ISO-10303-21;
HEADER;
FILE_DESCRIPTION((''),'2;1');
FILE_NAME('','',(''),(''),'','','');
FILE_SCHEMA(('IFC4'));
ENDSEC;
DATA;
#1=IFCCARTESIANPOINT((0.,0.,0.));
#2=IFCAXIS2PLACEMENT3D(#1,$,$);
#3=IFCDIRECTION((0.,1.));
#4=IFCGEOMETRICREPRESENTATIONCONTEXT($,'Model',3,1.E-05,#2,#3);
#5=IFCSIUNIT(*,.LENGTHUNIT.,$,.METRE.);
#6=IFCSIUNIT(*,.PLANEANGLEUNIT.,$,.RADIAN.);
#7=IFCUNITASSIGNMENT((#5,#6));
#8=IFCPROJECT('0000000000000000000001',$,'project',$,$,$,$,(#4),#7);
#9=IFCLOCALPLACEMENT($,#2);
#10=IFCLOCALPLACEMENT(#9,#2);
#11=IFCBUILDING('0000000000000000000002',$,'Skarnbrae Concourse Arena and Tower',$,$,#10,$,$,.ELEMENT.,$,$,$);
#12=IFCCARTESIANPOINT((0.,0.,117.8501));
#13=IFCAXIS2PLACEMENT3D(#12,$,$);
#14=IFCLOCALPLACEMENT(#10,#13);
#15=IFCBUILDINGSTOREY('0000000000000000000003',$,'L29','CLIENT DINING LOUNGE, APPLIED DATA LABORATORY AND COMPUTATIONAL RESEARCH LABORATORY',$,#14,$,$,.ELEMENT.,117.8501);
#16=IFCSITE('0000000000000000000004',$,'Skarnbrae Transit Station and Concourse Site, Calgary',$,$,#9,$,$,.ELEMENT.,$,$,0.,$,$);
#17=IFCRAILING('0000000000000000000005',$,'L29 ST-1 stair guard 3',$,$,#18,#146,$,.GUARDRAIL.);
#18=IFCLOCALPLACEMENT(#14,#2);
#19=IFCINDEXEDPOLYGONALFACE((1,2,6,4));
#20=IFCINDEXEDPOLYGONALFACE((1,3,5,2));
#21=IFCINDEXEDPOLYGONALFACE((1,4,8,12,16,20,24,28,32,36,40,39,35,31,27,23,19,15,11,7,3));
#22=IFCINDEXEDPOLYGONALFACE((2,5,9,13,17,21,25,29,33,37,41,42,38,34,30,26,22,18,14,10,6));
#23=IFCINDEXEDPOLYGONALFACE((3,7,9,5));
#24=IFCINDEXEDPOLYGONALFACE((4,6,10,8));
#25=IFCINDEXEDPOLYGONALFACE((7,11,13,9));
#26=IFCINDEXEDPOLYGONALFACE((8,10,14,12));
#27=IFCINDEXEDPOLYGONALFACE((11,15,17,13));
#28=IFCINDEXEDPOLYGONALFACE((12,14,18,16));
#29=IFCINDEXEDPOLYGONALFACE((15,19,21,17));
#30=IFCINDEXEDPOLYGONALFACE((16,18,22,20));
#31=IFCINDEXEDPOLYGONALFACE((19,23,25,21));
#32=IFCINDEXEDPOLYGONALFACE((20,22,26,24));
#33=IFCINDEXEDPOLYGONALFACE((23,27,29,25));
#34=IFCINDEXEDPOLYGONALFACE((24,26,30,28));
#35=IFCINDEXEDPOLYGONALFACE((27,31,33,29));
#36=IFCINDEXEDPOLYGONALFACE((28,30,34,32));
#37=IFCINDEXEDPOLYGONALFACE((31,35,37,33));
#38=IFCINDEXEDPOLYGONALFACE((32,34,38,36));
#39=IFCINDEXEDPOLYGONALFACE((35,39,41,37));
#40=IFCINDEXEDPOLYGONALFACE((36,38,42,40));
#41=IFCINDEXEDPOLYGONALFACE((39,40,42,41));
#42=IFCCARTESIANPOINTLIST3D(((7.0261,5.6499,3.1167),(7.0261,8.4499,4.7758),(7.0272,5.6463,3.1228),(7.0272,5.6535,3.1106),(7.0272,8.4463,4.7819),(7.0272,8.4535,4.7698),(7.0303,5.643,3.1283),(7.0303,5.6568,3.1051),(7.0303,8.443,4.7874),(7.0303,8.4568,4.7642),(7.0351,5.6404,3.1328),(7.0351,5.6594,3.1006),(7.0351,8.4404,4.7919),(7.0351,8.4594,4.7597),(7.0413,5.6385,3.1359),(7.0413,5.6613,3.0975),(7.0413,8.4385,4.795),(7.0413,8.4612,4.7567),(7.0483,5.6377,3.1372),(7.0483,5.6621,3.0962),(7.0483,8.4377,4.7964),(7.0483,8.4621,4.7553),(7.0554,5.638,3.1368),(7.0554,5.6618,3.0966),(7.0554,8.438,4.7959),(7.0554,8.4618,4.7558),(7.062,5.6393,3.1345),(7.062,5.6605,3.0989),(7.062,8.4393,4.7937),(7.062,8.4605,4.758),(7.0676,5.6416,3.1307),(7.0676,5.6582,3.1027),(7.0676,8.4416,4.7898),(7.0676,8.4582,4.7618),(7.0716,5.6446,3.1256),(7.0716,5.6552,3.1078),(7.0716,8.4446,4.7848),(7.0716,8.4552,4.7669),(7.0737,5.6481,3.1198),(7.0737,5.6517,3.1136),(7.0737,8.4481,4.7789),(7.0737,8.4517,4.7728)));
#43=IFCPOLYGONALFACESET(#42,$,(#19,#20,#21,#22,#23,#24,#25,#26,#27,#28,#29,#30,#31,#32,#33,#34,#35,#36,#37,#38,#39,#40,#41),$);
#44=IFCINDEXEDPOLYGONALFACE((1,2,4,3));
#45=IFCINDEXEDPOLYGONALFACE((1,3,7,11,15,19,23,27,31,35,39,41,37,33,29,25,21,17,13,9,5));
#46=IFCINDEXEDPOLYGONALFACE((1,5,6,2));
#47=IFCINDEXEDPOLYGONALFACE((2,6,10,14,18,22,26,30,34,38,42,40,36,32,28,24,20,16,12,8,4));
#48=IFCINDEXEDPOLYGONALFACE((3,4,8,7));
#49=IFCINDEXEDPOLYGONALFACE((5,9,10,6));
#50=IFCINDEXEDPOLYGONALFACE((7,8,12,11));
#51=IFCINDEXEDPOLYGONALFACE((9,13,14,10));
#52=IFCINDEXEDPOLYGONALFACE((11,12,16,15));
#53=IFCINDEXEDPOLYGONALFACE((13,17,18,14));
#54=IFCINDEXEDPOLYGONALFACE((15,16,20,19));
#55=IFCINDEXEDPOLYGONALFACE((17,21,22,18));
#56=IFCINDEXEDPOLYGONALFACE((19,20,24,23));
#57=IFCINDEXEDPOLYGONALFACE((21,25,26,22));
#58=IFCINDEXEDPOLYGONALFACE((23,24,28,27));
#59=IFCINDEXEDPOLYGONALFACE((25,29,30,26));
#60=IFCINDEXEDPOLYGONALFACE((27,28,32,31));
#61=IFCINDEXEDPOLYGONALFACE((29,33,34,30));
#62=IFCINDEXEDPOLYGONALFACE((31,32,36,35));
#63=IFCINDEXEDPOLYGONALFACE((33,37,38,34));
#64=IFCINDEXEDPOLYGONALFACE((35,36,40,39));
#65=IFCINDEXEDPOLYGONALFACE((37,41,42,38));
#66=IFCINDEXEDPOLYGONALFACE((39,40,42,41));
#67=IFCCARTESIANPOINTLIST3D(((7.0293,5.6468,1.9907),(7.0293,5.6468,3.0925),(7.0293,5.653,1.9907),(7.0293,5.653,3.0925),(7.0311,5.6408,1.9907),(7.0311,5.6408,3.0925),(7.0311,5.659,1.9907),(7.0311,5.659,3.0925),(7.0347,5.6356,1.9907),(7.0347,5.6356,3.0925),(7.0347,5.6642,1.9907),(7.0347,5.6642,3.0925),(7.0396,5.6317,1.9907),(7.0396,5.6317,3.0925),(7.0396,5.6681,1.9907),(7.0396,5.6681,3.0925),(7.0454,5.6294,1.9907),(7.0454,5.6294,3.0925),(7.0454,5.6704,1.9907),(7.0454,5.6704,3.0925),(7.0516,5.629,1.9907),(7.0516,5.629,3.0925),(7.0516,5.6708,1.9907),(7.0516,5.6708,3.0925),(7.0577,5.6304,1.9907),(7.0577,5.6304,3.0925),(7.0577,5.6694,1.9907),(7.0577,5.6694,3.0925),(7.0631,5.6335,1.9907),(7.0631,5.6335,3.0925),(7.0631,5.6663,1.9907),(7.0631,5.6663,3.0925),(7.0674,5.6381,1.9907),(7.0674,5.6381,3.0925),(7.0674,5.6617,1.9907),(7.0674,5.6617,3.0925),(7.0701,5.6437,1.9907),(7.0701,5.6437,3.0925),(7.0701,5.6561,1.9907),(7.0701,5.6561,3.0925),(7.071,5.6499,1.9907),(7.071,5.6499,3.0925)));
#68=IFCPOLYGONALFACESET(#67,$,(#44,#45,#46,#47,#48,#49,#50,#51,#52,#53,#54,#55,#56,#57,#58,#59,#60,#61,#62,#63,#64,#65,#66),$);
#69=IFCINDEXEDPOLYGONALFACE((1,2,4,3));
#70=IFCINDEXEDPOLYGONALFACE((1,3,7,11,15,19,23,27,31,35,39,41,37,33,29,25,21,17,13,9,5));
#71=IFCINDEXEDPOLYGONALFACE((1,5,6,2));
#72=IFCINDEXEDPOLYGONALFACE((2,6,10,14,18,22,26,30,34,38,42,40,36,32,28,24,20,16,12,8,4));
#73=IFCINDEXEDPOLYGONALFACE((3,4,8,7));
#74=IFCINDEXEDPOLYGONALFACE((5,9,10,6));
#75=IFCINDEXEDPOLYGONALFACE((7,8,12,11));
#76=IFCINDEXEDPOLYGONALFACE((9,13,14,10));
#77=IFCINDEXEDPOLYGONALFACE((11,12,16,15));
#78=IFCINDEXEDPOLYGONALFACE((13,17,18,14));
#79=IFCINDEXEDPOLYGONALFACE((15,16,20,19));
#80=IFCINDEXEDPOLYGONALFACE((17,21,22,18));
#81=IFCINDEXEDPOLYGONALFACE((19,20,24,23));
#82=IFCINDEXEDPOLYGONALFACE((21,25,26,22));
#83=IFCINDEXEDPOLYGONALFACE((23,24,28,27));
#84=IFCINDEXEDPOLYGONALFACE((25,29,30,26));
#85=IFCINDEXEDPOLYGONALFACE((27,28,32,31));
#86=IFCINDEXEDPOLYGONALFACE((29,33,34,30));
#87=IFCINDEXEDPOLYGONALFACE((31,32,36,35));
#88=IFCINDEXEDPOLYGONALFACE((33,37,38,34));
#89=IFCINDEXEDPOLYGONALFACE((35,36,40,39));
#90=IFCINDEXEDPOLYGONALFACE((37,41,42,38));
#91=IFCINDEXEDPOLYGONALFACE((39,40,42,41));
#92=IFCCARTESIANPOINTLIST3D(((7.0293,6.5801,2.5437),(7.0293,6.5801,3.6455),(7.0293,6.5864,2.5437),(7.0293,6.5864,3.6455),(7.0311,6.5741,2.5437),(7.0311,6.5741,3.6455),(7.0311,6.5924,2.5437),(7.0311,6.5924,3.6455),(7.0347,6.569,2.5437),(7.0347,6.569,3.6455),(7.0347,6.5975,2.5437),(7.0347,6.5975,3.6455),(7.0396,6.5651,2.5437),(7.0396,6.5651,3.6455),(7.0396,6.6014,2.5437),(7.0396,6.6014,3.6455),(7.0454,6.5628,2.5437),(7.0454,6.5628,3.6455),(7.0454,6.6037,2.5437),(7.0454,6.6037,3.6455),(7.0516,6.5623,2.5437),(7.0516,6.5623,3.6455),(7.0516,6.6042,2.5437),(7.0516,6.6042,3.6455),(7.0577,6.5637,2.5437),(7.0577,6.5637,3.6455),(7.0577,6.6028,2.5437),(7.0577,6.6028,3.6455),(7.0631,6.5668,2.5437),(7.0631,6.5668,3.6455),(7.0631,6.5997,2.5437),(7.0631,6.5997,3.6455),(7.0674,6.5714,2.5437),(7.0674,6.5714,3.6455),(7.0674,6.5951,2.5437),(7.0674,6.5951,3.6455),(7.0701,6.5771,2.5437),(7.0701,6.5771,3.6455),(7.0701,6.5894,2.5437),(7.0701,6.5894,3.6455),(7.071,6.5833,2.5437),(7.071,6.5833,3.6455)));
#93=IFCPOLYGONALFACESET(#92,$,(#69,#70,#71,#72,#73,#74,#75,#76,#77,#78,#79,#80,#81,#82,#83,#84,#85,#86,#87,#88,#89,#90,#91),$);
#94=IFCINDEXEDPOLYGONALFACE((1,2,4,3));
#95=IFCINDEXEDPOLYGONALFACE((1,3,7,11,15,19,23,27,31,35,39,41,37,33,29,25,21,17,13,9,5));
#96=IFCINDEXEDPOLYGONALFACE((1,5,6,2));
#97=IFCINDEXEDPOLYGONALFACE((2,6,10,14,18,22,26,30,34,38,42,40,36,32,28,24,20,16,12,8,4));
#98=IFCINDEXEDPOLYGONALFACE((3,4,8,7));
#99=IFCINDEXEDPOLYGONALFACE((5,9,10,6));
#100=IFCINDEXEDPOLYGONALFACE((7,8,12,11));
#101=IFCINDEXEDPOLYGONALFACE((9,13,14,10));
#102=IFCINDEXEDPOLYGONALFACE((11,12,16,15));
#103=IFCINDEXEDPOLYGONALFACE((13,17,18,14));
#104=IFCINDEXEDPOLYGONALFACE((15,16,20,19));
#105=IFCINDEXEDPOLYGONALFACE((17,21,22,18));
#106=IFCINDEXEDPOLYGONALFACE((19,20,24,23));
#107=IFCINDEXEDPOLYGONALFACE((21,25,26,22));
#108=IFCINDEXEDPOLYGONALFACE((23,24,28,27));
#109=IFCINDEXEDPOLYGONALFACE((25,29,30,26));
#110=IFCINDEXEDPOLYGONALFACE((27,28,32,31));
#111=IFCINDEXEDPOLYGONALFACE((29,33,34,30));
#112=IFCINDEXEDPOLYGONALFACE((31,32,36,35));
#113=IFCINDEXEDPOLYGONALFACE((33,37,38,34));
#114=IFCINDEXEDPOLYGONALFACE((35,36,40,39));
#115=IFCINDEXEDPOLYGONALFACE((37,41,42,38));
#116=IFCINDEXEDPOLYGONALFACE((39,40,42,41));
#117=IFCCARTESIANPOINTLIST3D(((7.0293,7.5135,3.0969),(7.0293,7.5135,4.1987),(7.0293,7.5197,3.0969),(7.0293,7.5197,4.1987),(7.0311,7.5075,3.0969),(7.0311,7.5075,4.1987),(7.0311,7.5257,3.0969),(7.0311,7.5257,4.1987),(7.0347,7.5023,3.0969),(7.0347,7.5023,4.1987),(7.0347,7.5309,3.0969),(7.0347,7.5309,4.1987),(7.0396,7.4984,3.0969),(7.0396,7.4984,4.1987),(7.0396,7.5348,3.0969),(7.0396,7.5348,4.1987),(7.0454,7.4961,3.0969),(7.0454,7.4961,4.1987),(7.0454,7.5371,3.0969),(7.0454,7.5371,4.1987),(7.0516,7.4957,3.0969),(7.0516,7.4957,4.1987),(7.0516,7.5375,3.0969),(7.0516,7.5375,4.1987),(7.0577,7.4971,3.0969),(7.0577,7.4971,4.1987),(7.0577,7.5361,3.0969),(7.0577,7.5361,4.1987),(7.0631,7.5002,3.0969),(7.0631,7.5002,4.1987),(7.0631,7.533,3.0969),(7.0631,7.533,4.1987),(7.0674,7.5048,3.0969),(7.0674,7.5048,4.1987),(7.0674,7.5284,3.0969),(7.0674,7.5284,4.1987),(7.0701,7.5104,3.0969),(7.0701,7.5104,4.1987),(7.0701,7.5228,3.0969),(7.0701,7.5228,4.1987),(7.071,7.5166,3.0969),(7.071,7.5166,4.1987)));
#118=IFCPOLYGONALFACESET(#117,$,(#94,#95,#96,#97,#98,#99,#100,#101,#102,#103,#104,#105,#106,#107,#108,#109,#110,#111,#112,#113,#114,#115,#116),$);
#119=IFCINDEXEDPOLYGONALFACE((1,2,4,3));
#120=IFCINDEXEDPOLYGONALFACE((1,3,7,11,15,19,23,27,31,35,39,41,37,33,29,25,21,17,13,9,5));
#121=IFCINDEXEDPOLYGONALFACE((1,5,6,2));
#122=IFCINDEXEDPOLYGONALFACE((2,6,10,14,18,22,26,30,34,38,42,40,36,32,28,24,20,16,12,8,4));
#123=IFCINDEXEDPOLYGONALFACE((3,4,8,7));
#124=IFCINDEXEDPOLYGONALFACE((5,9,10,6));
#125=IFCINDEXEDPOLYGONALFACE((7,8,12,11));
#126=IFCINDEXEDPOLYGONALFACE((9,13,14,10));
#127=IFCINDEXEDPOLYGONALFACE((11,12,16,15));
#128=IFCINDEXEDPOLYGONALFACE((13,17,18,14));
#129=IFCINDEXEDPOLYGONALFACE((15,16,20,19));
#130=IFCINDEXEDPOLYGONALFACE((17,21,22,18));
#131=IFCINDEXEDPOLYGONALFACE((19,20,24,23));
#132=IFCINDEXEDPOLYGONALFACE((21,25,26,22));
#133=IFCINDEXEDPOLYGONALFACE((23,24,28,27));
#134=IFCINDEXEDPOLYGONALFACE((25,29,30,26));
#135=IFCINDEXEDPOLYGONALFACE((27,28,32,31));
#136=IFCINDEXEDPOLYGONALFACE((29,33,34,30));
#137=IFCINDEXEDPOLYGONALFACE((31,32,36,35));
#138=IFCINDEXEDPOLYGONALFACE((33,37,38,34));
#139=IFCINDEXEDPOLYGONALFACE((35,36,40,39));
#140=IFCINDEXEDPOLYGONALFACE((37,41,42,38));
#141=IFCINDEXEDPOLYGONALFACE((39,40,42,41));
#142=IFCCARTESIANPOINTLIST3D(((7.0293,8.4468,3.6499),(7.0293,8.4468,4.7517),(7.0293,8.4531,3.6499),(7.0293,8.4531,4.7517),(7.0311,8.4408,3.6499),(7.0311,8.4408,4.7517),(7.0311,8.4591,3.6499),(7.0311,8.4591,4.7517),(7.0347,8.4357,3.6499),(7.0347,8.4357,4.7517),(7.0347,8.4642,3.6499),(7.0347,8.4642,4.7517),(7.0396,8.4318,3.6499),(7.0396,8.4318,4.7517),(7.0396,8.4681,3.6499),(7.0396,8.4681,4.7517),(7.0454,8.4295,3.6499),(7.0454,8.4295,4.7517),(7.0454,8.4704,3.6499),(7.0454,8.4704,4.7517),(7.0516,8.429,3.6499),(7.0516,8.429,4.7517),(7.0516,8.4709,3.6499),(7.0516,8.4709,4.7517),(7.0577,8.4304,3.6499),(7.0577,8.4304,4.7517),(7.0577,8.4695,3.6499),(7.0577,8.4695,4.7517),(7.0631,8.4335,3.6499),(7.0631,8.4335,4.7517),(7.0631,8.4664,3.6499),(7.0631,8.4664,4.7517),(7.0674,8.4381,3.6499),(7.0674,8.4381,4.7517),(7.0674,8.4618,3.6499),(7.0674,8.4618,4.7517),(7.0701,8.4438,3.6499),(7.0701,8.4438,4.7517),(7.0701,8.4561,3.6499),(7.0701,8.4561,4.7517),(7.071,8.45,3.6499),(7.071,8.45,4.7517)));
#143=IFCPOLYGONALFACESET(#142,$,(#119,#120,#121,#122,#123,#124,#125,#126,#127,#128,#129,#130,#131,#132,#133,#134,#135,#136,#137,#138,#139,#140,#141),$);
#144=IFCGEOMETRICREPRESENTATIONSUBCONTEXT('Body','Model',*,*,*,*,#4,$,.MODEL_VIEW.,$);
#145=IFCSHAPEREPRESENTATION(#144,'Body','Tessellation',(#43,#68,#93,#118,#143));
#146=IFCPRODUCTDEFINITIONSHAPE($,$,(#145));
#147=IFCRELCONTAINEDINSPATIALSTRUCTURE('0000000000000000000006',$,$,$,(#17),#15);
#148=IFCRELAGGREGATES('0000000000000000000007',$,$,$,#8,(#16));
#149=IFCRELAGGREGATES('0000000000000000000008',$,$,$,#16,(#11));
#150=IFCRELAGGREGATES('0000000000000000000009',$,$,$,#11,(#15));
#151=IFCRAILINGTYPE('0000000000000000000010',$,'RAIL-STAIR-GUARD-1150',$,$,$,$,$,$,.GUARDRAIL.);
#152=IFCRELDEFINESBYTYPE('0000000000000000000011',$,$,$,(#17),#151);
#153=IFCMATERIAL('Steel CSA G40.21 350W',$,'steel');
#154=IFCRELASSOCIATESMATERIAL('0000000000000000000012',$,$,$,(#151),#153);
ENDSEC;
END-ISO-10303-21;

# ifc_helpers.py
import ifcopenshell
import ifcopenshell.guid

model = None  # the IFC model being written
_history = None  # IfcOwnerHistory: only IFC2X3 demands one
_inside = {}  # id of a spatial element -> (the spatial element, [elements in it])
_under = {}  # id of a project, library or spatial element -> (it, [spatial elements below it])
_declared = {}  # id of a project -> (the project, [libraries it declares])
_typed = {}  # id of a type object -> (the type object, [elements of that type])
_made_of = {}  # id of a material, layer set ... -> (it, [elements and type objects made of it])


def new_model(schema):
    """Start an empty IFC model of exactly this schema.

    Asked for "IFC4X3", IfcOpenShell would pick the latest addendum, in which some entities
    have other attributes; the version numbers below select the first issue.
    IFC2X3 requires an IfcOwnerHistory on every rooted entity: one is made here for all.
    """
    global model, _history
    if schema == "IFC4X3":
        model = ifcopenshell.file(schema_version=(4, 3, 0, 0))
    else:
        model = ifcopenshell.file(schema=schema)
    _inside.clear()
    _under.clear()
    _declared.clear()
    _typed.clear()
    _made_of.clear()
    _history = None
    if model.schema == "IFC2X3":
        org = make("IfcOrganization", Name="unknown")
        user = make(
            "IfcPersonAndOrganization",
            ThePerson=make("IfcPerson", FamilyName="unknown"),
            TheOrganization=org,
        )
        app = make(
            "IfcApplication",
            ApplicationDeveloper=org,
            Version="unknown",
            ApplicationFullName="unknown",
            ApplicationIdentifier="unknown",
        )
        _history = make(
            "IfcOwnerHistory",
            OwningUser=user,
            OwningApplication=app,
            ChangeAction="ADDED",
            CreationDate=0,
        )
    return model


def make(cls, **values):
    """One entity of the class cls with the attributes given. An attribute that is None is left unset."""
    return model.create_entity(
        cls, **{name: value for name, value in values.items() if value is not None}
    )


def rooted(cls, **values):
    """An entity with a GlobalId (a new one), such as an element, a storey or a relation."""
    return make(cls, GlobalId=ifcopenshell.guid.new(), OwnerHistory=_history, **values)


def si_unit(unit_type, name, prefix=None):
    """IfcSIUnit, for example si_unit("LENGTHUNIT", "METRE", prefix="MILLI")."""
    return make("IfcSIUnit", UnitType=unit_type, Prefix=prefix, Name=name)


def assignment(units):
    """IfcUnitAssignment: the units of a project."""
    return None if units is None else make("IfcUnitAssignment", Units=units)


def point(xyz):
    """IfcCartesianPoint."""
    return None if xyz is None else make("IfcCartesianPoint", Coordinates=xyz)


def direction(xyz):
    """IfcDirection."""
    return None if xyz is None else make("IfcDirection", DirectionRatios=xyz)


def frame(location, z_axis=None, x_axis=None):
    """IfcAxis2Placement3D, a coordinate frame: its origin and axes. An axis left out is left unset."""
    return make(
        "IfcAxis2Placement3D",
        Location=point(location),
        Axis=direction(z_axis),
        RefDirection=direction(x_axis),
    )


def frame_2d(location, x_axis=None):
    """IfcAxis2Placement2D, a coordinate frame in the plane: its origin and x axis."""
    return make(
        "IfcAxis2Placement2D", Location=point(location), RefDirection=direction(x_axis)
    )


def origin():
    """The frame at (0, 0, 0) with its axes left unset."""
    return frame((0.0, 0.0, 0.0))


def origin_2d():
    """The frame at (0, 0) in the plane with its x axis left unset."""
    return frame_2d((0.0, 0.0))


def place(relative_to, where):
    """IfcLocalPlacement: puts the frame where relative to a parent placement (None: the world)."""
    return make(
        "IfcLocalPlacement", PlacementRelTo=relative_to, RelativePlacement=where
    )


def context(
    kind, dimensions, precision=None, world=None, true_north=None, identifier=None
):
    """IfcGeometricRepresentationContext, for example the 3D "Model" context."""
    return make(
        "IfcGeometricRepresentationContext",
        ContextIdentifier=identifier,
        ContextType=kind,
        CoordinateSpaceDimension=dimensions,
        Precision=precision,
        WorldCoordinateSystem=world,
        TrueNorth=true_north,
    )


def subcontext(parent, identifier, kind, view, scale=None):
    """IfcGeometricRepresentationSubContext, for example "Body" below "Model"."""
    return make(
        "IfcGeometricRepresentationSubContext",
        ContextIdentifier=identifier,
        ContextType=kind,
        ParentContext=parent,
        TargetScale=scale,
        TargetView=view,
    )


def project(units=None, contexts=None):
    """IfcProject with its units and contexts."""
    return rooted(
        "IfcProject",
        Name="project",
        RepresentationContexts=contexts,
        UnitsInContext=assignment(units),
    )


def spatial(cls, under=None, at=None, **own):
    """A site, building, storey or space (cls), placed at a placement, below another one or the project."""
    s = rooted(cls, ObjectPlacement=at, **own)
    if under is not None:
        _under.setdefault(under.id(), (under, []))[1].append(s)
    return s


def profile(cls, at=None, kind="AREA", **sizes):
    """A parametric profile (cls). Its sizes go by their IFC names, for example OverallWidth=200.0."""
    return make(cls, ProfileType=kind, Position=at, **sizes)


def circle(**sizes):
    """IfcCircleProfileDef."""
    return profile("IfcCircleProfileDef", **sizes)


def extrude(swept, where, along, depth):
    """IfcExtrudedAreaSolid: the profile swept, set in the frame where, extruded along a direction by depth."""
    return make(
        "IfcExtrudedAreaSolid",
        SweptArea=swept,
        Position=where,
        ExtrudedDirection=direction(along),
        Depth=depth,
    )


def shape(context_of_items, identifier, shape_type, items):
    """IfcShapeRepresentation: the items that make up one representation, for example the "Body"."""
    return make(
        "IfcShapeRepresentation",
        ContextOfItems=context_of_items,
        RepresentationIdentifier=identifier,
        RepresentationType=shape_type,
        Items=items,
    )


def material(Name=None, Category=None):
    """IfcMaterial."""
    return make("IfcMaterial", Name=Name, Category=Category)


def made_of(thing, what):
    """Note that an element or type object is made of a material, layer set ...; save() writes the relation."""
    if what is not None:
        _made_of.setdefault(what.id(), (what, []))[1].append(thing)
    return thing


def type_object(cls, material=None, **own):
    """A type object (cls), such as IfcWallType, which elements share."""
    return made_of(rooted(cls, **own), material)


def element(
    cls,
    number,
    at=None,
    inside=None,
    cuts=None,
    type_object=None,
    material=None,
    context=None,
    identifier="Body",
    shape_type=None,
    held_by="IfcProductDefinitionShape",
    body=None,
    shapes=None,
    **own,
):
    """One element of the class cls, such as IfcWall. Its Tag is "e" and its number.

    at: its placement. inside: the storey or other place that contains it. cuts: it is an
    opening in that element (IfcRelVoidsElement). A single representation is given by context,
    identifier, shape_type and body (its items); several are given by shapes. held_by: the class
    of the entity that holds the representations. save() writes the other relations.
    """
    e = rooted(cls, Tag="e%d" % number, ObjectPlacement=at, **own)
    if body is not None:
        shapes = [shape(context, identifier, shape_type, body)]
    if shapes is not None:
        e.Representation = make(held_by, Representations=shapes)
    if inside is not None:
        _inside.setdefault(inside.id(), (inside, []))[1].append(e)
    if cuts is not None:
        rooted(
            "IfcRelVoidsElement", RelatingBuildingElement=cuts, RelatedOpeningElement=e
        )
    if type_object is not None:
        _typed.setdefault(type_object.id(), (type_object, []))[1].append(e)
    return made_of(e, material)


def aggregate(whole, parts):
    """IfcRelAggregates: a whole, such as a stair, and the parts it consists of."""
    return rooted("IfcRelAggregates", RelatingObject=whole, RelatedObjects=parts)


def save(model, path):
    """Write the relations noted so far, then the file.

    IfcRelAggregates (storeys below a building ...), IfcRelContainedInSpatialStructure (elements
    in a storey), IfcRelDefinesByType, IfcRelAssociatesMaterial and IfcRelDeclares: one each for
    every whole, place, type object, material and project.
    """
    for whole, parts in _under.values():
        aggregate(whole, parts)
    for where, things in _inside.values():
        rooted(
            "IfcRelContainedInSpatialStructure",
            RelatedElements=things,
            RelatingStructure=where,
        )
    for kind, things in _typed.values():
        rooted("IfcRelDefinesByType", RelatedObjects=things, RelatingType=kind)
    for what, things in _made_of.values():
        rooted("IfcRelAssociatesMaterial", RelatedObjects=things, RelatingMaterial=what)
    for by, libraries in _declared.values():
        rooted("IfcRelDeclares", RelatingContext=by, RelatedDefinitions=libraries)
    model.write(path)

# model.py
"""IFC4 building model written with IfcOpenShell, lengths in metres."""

from ifc_helpers import new_model, si_unit, direction, frame, origin, origin_2d, place, context, subcontext, project, spatial, circle, extrude, material, type_object, element, save


model = new_model("IFC4")

# Units and contexts
model_context = context("Model", 3, precision=1e-05, world=origin(), true_north=direction((0.0, 1.0)))
body_context = subcontext(model_context, "Body", "Model", "MODEL_VIEW")
ifc_project = project(units=[si_unit("LENGTHUNIT", "METRE"), si_unit("PLANEANGLEUNIT", "RADIAN")], contexts=[model_context])

# Site, building, storey
site_placement = place(None, origin())
site = spatial("IfcSite", under=ifc_project, at=site_placement, Name="Skarnbrae Transit Station and Concourse Site, Calgary", CompositionType="ELEMENT", RefElevation=0.0)
building_placement = place(site_placement, origin())
building = spatial("IfcBuilding", under=site, at=building_placement, Name="Skarnbrae Concourse Arena and Tower", CompositionType="ELEMENT")
storey_placement = place(building_placement, frame((0.0, 0.0, 117.8501)))
storey = spatial("IfcBuildingStorey", under=building, at=storey_placement, Name="L29", Description="CLIENT DINING LOUNGE, APPLIED DATA LABORATORY AND COMPUTATIONAL RESEARCH LABORATORY", CompositionType="ELEMENT", Elevation=117.8501)

# Shared definitions
ifc_material_1 = material(Name="Steel CSA G40.21 350W", Category="steel")

# Railing
railing_type_1 = type_object("IfcRailingType", Name="RAIL-STAIR-GUARD-1150", PredefinedType="GUARDRAIL", material=ifc_material_1)
railing_1_placement = place(storey_placement, frame((7.05, 5.6499, 1.9907)))
element("IfcRailing", 1, at=railing_1_placement, inside=storey, type_object=railing_type_1, Name="L29 ST-1 stair guard 3", PredefinedType="GUARDRAIL", context=body_context, shape_type="SweptSolid", body=[
    extrude(circle(Radius=0.0239, at=origin_2d()), frame((0.0, 0.0, 1.126), z_axis=(0.0, 0.860306, 0.509778), x_axis=(-1.0, 0.0, 0.0)), (0.0, 0.0, 1.0), 3.2546),
    extrude(circle(Radius=0.021, at=origin_2d()), origin(), (0.0, 0.0, 1.0), 1.1018),
    extrude(circle(Radius=0.021, at=origin_2d()), frame((0.0, 0.9333, 0.553)), (0.0, 0.0, 1.0), 1.1018),
    extrude(circle(Radius=0.021, at=origin_2d()), frame((0.0, 1.8667, 1.1062)), (0.0, 0.0, 1.0), 1.1018),
    extrude(circle(Radius=0.021, at=origin_2d()), frame((0.0, 2.8, 1.6592)), (0.0, 0.0, 1.0), 1.1018),
])

save(model, "model.ifc")
